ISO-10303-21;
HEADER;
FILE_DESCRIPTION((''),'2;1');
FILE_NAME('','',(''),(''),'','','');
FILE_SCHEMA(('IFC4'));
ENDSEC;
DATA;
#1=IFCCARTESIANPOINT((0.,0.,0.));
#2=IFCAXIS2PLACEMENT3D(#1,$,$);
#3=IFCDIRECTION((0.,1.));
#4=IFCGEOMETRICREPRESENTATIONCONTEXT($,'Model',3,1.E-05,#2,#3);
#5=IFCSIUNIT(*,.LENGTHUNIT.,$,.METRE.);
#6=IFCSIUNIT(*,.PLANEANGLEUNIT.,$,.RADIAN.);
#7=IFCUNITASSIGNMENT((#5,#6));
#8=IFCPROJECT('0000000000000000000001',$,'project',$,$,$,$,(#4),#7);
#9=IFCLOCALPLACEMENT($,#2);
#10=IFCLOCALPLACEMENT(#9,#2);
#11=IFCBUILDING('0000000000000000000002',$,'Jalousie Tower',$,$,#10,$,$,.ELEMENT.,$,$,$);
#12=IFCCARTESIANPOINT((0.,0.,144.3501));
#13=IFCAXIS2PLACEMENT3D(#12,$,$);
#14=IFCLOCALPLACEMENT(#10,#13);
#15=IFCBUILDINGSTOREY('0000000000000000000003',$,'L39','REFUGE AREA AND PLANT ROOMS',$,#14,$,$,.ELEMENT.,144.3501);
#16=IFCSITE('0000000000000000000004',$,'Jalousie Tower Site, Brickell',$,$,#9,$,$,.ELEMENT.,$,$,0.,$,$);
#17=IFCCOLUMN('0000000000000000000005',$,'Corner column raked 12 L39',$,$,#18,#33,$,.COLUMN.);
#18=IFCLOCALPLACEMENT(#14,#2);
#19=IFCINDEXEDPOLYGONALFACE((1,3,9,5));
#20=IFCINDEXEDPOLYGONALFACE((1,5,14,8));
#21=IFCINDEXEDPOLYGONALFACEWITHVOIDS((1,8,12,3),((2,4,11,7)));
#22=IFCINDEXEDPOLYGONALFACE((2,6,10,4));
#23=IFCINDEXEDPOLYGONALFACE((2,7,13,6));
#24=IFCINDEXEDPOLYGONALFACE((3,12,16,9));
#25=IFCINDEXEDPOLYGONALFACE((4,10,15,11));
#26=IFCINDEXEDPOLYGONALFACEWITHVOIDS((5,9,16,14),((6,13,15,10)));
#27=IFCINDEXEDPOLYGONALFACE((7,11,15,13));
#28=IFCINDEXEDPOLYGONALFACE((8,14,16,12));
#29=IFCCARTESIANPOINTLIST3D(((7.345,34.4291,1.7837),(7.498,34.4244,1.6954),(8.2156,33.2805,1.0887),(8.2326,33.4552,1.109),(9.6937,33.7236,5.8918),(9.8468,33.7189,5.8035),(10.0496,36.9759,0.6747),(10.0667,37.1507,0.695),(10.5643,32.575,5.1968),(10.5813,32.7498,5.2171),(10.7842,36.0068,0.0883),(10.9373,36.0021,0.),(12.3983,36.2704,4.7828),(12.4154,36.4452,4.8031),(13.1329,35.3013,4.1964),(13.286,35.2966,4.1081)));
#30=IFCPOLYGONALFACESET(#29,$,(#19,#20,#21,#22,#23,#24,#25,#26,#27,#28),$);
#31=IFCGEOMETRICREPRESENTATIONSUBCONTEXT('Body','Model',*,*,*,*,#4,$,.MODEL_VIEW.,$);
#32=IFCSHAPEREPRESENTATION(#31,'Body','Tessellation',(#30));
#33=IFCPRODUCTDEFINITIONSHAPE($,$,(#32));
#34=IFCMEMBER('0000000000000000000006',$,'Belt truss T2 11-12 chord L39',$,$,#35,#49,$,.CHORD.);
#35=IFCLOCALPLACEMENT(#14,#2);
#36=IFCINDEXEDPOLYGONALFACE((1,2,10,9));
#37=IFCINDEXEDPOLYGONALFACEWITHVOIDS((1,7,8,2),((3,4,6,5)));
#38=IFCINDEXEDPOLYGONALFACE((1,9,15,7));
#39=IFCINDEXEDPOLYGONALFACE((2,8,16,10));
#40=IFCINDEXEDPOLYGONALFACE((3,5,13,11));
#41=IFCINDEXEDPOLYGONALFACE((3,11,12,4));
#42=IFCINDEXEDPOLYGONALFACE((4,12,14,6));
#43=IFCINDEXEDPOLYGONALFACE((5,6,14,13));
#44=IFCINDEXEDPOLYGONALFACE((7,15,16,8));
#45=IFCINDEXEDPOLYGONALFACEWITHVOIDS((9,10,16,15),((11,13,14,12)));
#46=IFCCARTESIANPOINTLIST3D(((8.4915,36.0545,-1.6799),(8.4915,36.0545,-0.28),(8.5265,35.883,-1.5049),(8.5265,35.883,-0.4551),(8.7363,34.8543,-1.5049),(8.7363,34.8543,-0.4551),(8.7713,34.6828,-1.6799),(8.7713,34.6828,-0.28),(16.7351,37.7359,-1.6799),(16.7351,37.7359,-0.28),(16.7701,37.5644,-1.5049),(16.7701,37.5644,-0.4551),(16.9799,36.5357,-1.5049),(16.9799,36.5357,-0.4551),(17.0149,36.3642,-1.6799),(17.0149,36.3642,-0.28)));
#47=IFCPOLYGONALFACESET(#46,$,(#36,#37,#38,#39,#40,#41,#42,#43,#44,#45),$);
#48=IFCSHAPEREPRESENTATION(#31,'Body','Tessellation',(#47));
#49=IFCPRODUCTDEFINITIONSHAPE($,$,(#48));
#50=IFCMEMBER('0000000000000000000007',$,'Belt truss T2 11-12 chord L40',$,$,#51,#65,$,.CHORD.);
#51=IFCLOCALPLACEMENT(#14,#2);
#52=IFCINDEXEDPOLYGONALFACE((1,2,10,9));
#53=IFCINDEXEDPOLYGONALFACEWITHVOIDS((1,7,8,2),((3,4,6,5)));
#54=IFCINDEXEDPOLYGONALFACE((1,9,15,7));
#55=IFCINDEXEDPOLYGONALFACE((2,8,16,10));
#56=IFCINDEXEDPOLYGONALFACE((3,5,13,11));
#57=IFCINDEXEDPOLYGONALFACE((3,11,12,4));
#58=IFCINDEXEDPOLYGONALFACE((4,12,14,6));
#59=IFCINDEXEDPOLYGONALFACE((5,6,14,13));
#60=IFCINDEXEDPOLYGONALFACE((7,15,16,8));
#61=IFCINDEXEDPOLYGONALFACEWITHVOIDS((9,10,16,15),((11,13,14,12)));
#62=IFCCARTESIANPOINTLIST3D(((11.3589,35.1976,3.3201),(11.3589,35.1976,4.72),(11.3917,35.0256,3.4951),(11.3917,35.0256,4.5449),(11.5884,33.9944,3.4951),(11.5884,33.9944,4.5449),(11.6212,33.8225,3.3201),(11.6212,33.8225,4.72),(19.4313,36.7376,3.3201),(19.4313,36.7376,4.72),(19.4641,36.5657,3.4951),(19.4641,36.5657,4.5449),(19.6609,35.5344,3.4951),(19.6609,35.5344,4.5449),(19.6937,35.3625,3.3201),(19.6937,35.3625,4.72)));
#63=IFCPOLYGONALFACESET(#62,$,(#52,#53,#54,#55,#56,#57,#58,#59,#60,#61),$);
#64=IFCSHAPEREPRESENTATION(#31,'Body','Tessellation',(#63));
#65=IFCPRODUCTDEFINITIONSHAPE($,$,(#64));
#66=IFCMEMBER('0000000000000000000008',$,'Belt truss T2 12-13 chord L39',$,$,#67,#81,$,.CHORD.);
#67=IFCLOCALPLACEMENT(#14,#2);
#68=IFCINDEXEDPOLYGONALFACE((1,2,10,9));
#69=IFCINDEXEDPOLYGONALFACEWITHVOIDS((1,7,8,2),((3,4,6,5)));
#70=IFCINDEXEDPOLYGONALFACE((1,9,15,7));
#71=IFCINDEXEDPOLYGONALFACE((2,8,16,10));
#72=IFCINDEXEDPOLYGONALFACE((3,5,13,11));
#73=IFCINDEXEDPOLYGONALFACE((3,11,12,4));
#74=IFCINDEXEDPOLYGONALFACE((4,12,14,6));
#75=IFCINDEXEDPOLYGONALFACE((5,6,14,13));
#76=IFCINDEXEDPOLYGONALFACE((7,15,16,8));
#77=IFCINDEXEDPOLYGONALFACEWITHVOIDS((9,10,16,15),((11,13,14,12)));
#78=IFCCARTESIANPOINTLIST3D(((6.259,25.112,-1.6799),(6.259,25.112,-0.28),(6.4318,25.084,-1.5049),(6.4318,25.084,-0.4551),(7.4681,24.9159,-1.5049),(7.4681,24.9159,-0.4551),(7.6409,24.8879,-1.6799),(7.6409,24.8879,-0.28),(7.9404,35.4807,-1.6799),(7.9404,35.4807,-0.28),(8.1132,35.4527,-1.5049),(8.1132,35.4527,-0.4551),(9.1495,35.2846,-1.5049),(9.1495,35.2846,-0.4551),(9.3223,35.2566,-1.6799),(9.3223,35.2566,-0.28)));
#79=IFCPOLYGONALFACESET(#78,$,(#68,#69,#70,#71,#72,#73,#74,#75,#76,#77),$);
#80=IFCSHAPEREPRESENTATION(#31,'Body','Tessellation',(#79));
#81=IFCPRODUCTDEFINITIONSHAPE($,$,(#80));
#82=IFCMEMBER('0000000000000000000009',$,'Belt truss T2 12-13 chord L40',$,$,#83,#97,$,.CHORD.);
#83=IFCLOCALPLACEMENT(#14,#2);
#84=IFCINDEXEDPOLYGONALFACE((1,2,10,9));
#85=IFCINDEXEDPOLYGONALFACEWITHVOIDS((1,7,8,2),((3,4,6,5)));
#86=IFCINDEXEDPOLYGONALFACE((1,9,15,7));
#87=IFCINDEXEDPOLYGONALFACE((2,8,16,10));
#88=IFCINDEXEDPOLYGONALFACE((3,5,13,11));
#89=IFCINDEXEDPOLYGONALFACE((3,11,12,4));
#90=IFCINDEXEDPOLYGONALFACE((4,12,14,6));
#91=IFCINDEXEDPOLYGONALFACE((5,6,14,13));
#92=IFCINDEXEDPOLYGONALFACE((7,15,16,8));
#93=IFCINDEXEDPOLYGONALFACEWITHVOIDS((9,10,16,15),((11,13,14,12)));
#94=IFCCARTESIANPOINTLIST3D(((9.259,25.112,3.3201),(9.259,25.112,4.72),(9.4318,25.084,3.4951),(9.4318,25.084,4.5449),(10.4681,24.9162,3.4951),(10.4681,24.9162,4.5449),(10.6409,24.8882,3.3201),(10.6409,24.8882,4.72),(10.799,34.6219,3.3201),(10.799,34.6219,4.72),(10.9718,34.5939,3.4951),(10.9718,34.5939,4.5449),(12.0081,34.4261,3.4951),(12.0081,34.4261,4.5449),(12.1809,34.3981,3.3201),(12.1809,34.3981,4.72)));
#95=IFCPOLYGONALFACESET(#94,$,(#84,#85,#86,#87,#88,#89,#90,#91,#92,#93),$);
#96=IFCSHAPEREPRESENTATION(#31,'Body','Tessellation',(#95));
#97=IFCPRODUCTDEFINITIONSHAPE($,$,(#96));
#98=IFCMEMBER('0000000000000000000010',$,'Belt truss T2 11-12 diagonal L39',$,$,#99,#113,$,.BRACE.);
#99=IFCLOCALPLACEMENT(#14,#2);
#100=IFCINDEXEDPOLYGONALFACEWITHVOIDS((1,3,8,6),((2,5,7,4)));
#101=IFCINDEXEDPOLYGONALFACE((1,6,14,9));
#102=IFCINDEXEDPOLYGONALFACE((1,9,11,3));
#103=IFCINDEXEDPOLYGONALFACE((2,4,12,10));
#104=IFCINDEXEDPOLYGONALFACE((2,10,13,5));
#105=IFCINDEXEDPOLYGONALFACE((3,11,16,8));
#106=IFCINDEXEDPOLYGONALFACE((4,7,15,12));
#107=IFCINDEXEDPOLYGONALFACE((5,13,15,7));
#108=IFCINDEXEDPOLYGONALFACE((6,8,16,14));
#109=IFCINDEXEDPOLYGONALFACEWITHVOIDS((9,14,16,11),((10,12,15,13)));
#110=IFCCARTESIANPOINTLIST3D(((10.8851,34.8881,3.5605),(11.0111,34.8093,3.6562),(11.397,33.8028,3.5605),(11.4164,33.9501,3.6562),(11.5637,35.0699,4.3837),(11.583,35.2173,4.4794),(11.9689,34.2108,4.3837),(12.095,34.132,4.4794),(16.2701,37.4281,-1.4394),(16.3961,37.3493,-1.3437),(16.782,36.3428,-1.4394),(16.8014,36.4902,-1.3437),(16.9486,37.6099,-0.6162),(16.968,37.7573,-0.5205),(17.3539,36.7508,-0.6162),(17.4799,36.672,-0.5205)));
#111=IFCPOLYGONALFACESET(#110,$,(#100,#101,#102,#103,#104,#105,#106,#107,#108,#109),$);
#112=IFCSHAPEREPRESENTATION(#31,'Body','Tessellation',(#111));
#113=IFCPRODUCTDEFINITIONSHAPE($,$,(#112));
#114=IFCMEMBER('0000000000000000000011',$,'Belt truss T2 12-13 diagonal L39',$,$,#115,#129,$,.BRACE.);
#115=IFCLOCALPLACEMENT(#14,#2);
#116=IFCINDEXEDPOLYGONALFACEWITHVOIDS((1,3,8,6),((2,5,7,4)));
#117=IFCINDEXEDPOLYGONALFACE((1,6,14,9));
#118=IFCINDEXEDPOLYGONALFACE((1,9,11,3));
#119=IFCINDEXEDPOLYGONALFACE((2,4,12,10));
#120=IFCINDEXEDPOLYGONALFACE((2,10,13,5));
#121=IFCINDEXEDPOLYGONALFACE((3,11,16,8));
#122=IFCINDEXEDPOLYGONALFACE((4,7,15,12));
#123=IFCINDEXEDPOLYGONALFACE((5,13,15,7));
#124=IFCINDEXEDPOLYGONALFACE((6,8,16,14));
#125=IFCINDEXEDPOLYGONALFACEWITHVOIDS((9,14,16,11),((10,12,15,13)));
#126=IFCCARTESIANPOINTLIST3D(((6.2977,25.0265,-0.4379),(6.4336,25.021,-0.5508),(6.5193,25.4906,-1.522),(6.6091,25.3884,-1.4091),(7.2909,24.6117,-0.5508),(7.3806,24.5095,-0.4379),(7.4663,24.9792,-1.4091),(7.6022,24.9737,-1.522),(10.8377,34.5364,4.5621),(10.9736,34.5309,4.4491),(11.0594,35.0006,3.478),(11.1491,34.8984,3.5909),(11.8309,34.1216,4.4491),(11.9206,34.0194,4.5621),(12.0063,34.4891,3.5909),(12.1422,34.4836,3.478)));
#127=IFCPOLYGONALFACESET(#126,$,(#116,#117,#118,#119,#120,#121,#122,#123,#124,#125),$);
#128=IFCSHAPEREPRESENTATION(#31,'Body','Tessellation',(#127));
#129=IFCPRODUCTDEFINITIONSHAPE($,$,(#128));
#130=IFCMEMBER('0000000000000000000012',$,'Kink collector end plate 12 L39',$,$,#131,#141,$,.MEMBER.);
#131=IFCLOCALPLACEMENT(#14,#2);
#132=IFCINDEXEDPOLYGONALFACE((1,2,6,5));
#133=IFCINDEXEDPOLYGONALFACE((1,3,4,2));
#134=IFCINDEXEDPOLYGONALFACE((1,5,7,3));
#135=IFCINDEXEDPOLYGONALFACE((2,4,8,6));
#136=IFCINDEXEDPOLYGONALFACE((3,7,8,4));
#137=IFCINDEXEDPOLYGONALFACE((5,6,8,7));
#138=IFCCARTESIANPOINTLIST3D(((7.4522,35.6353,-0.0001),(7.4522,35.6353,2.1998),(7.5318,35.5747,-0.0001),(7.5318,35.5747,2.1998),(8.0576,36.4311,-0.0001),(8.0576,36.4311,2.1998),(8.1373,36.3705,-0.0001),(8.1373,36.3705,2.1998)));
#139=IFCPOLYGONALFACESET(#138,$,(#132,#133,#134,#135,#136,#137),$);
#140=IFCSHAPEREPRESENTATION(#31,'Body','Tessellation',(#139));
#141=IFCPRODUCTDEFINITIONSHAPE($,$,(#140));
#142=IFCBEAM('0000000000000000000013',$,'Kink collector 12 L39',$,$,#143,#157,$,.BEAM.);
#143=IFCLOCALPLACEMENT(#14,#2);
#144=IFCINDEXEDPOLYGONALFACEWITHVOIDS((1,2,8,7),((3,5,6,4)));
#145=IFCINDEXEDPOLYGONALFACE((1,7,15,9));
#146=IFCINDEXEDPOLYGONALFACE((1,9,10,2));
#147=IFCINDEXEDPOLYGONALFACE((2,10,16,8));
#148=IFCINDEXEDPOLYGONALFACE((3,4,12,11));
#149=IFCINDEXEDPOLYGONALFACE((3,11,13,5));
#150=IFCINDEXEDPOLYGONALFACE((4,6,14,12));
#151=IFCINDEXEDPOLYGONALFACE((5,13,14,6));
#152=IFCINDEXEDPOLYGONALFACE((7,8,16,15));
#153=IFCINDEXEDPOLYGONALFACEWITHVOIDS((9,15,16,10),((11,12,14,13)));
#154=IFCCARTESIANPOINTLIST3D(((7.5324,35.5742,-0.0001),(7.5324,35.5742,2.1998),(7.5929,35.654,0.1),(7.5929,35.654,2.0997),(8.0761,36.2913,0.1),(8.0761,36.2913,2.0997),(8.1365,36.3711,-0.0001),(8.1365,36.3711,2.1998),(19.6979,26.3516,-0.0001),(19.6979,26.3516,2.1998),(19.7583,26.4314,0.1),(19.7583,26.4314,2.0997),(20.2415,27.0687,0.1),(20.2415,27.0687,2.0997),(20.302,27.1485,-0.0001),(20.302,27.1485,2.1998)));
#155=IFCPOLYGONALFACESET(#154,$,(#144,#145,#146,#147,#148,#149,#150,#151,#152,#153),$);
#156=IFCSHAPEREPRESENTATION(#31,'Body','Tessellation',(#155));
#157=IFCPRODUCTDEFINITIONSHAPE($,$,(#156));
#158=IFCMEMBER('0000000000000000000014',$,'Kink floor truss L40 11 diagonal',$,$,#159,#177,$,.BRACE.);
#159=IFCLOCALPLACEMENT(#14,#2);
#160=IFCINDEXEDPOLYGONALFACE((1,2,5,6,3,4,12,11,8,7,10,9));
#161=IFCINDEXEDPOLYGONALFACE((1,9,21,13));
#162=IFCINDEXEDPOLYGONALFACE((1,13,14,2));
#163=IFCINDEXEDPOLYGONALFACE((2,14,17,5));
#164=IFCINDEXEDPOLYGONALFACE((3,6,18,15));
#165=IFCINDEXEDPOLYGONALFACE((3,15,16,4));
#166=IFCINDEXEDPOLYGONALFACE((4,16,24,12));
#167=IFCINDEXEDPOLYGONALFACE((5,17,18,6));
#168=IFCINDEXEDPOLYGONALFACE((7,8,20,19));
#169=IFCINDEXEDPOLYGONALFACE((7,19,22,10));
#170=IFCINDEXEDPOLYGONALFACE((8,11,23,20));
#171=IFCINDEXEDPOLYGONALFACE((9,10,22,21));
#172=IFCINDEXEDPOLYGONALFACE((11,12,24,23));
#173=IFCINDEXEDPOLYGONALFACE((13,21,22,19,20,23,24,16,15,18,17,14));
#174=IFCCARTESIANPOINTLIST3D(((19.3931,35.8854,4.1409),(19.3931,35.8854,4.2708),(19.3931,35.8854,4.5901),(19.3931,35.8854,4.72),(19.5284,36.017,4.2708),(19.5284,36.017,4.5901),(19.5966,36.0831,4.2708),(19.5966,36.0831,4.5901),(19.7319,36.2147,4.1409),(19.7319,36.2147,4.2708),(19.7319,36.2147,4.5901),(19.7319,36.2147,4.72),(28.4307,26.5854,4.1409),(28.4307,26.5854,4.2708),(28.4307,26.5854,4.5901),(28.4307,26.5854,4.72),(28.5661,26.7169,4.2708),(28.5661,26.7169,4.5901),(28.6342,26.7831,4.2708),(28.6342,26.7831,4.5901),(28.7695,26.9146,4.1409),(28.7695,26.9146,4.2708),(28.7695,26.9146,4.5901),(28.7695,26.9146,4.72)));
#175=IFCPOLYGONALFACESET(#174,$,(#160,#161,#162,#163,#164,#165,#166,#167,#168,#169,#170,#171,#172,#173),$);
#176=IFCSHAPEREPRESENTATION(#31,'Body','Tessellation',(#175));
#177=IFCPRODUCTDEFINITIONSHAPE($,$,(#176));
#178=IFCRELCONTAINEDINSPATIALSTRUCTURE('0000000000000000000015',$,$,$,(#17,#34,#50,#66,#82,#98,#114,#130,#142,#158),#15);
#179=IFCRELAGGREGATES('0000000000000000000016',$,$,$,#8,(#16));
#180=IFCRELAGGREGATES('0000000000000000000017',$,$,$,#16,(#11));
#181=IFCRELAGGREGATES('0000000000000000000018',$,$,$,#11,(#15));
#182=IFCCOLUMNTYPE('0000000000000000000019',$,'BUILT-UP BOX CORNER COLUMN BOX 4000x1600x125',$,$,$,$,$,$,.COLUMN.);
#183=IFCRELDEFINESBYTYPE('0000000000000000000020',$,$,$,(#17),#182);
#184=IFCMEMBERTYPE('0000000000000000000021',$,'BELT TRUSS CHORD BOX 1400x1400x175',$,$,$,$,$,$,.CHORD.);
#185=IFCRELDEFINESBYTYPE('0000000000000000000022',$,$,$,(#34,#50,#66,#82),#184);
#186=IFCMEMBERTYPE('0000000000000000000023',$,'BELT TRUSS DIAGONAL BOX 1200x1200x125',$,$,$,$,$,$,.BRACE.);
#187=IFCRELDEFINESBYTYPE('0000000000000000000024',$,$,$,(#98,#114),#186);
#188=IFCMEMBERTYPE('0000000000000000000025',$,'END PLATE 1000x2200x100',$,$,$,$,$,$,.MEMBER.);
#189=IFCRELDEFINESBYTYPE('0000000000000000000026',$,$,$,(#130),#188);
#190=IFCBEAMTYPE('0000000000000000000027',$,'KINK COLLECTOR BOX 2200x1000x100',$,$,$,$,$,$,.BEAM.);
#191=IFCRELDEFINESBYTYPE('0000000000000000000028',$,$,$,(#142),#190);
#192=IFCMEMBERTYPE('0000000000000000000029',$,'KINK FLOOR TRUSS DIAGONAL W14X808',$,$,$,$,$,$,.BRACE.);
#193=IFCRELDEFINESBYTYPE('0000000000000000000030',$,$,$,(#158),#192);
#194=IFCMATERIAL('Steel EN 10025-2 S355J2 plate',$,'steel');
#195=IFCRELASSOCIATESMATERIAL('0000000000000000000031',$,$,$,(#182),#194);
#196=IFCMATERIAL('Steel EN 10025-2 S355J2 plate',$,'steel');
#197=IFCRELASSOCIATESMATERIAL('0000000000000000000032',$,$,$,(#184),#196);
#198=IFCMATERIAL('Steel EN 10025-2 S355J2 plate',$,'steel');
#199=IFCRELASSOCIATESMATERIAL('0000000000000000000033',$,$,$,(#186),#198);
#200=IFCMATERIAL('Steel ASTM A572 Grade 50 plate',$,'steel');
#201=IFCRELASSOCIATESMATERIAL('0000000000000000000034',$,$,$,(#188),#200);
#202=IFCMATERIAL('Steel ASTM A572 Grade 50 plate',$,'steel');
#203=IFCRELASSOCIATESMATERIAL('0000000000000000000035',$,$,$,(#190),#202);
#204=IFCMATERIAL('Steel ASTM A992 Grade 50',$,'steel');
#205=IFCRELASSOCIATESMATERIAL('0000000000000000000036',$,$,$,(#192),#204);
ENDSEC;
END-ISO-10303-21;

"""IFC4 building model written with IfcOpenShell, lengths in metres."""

from ifc_helpers import new_model, si_unit, direction, frame, origin, origin_2d, place, context, subcontext, project, spatial, rectangle, hollow_rectangle, i_section, extrude, material, material_profile, profile_set, type_object, element, save


model = new_model("IFC4")

# Units and contexts
model_context = context("Model", 3, precision=1e-05, world=origin(), true_north=direction((0.0, 1.0)))
body_context = subcontext(model_context, "Body", "Model", "MODEL_VIEW")
ifc_project = project(units=[si_unit("LENGTHUNIT", "METRE"), si_unit("PLANEANGLEUNIT", "RADIAN")], contexts=[model_context])

# Site, building, storey
site_placement = place(None, origin())
site = spatial("IfcSite", under=ifc_project, at=site_placement, Name="Jalousie Tower Site, Brickell", CompositionType="ELEMENT", RefElevation=0.0)
building_placement = place(site_placement, origin())
building = spatial("IfcBuilding", under=site, at=building_placement, Name="Jalousie Tower", CompositionType="ELEMENT")
storey_placement = place(building_placement, frame((0.0, 0.0, 144.3501)))
storey = spatial("IfcBuildingStorey", under=building, at=storey_placement, Name="L39", Description="REFUGE AREA AND PLANT ROOMS", CompositionType="ELEMENT", Elevation=144.3501)

# Column
ifc_material_1 = material(Name="Steel EN 10025-2 S355J2 plate", Category="steel")
ifc_material_profile_1 = material_profile(ifc_material_1, hollow_rectangle(XDim=1.6001, YDim=4.0, WallThickness=0.125, at=origin_2d()), Name="BOX 4000x1600x125")
ifc_profile_set_1 = profile_set([ifc_material_profile_1], Name="Steel EN 10025-2 S355J2 plate")
column_type = type_object("IfcColumnType", Name="BUILT-UP BOX CORNER COLUMN BOX 4000x1600x125", PredefinedType="COLUMN", material=ifc_profile_set_1)
column_placement = place(storey_placement, frame((9.1411, 35.2156, 0.8918), z_axis=(0.49091, -0.147453, 0.858641), x_axis=(0.544091, -0.717849, -0.434348)))
element("IfcColumn", 1, at=column_placement, inside=storey, type_object=column_type, Name="Corner column raked 12 L39", PredefinedType="COLUMN", context=body_context, shape_type="SweptSolid", body=[
    extrude(hollow_rectangle(XDim=1.6001, YDim=4.0, WallThickness=0.125, at=origin_2d()), origin(), (0.0, 0.0, 1.0), 4.7844),
])

# Members
ifc_material_2 = material(Name="Steel EN 10025-2 S355J2 plate", Category="steel")
ifc_material_profile_2 = material_profile(ifc_material_2, hollow_rectangle(XDim=1.3999, YDim=1.3999, WallThickness=0.175, at=origin_2d()), Name="BOX 1400x1400x175")
ifc_profile_set_2 = profile_set([ifc_material_profile_2], Name="Steel EN 10025-2 S355J2 plate")
member_type_1 = type_object("IfcMemberType", Name="BELT TRUSS CHORD BOX 1400x1400x175", PredefinedType="CHORD", material=ifc_profile_set_2)
member_1_placement = place(storey_placement, frame((16.875, 37.05, -0.98), z_axis=(-0.979827, -0.199848, 0.0), x_axis=(0.199848, -0.979827, 0.0)))
element("IfcMember", 2, at=member_1_placement, inside=storey, type_object=member_type_1, Name="Belt truss T2 11-12 chord L39", PredefinedType="CHORD", context=body_context, shape_type="SweptSolid", body=[
    extrude(hollow_rectangle(XDim=1.3999, YDim=1.3999, WallThickness=0.175, at=origin_2d()), origin(), (0.0, 0.0, 1.0), 8.4133),
])
member_2_placement = place(storey_placement, frame((19.5625, 36.05, 4.02), z_axis=(-0.982284, -0.187396, 0.0), x_axis=(0.187396, -0.982284, 0.0)))
element("IfcMember", 3, at=member_2_placement, inside=storey, type_object=member_type_1, Name="Belt truss T2 11-12 chord L40", PredefinedType="CHORD", context=body_context, shape_type="SweptSolid", body=[
    extrude(hollow_rectangle(XDim=1.3999, YDim=1.3999, WallThickness=0.175, at=origin_2d()), origin(), (0.0, 0.0, 1.0), 8.218),
])
member_3_placement = place(storey_placement, frame((8.6313, 35.3687, -0.98), z_axis=(-0.160071, -0.987106, 0.0), x_axis=(0.987106, -0.160071, 0.0)))
element("IfcMember", 4, at=member_3_placement, inside=storey, type_object=member_type_1, Name="Belt truss T2 12-13 chord L39", PredefinedType="CHORD", context=body_context, shape_type="SweptSolid", body=[
    extrude(hollow_rectangle(XDim=1.3999, YDim=1.3999, WallThickness=0.175, at=origin_2d()), origin(), (0.0, 0.0, 1.0), 10.5042),
])
member_4_placement = place(storey_placement, frame((11.49, 34.51, 4.02), z_axis=(-0.159856, -0.98714, 0.0), x_axis=(0.98714, -0.159856, 0.0)))
element("IfcMember", 5, at=member_4_placement, inside=storey, type_object=member_type_1, Name="Belt truss T2 12-13 chord L40", PredefinedType="CHORD", context=body_context, shape_type="SweptSolid", body=[
    extrude(hollow_rectangle(XDim=1.3999, YDim=1.3999, WallThickness=0.175, at=origin_2d()), origin(), (0.0, 0.0, 1.0), 9.6338),
])
ifc_material_3 = material(Name="Steel EN 10025-2 S355J2 plate", Category="steel")
ifc_material_profile_3 = material_profile(ifc_material_3, hollow_rectangle(XDim=1.2, YDim=1.2, WallThickness=0.125, at=origin_2d()), Name="BOX 1200x1200x125")
ifc_profile_set_3 = profile_set([ifc_material_profile_3], Name="Steel EN 10025-2 S355J2 plate")
member_type_2 = type_object("IfcMemberType", Name="BELT TRUSS DIAGONAL BOX 1200x1200x125", PredefinedType="BRACE", material=ifc_profile_set_3)
member_5_placement = place(storey_placement, frame((16.875, 37.05, -0.98), z_axis=(-0.692609, -0.326694, 0.643089), x_axis=(0.42661, -0.904435, 0.0)))
element("IfcMember", 6, at=member_5_placement, inside=storey, type_object=member_type_2, Name="Belt truss T2 11-12 diagonal L39", PredefinedType="BRACE", context=body_context, shape_type="SweptSolid", body=[
    extrude(hollow_rectangle(XDim=1.2, YDim=1.2, WallThickness=0.125, at=origin_2d()), origin(), (0.0, 0.0, 1.0), 7.7749),
])
member_6_placement = place(storey_placement, frame((11.49, 34.51, 4.02), z_axis=(-0.38923, -0.81532, -0.428664), x_axis=(0.902438, -0.43082, 0.0)))
element("IfcMember", 7, at=member_6_placement, inside=storey, type_object=member_type_2, Name="Belt truss T2 12-13 diagonal L39", PredefinedType="BRACE", context=body_context, shape_type="SweptSolid", body=[
    extrude(hollow_rectangle(XDim=1.2, YDim=1.2, WallThickness=0.125, at=origin_2d()), origin(), (0.0, 0.0, 1.0), 11.6641),
])
ifc_material_4 = material(Name="Steel ASTM A572 Grade 50 plate", Category="steel")
ifc_material_profile_4 = material_profile(ifc_material_4, rectangle(XDim=1.0, YDim=2.2, at=origin_2d()), Name="END PLATE 1000x2200x100")
ifc_profile_set_4 = profile_set([ifc_material_profile_4], Name="Steel ASTM A572 Grade 50 plate")
member_type_3 = type_object("IfcMemberType", Name="END PLATE 1000x2200x100", PredefinedType="MEMBER", material=ifc_profile_set_4)
member_7_placement = place(storey_placement, frame((7.7549, 36.0332, 1.0999), z_axis=(0.79588, -0.605455, 0.0), x_axis=(0.605455, 0.79588, 0.0)))
element("IfcMember", 8, at=member_7_placement, inside=storey, type_object=member_type_3, Name="Kink collector end plate 12 L39", PredefinedType="MEMBER", context=body_context, shape_type="SweptSolid", body=[
    extrude(rectangle(XDim=1.0, YDim=2.2, at=origin_2d()), origin(), (0.0, 0.0, 1.0), 0.1001),
])

# Beam
ifc_material_5 = material(Name="Steel ASTM A572 Grade 50 plate", Category="steel")
ifc_material_profile_5 = material_profile(ifc_material_5, hollow_rectangle(XDim=1.0, YDim=2.2, WallThickness=0.1001, at=origin_2d()), Name="BOX 2200x1000x100")
ifc_profile_set_5 = profile_set([ifc_material_profile_5], Name="Steel ASTM A572 Grade 50 plate")
beam_type_1 = type_object("IfcBeamType", Name="KINK COLLECTOR BOX 2200x1000x100", PredefinedType="BEAM", material=ifc_profile_set_5)
beam_placement = place(storey_placement, frame((7.8345, 35.9727, 1.0999), z_axis=(0.796892, -0.604122, 0.0), x_axis=(0.604122, 0.796892, 0.0)))
element("IfcBeam", 9, at=beam_placement, inside=storey, type_object=beam_type_1, Name="Kink collector 12 L39", PredefinedType="BEAM", context=body_context, shape_type="SweptSolid", body=[
    extrude(hollow_rectangle(XDim=1.0, YDim=2.2, WallThickness=0.1001, at=origin_2d()), origin(), (0.0, 0.0, 1.0), 15.2661),
])

# Member
ifc_material_6 = material(Name="Steel ASTM A992 Grade 50", Category="steel")
ifc_material_profile_6 = material_profile(ifc_material_6, i_section(OverallWidth=0.4724, OverallDepth=0.5791, WebThickness=0.095, FlangeThickness=0.1299, at=origin_2d()), Name="W14X808")
ifc_profile_set_6 = profile_set([ifc_material_profile_6], Name="Steel ASTM A992 Grade 50")
member_type_4 = type_object("IfcMemberType", Name="KINK FLOOR TRUSS DIAGONAL W14X808", PredefinedType="BRACE", material=ifc_profile_set_6)
member_8_placement = place(storey_placement, frame((19.5625, 36.05, 4.4304), z_axis=(0.696915, -0.717154, 0.0), x_axis=(0.717154, 0.696915, 0.0)))
element("IfcMember", 10, at=member_8_placement, inside=storey, type_object=member_type_4, Name="Kink floor truss L40 11 diagonal", PredefinedType="BRACE", context=body_context, shape_type="SweptSolid", body=[
    extrude(i_section(OverallWidth=0.4724, OverallDepth=0.5791, WebThickness=0.095, FlangeThickness=0.1299, at=origin_2d()), origin(), (0.0, 0.0, 1.0), 12.968),
])

save(model, "model.ifc")
